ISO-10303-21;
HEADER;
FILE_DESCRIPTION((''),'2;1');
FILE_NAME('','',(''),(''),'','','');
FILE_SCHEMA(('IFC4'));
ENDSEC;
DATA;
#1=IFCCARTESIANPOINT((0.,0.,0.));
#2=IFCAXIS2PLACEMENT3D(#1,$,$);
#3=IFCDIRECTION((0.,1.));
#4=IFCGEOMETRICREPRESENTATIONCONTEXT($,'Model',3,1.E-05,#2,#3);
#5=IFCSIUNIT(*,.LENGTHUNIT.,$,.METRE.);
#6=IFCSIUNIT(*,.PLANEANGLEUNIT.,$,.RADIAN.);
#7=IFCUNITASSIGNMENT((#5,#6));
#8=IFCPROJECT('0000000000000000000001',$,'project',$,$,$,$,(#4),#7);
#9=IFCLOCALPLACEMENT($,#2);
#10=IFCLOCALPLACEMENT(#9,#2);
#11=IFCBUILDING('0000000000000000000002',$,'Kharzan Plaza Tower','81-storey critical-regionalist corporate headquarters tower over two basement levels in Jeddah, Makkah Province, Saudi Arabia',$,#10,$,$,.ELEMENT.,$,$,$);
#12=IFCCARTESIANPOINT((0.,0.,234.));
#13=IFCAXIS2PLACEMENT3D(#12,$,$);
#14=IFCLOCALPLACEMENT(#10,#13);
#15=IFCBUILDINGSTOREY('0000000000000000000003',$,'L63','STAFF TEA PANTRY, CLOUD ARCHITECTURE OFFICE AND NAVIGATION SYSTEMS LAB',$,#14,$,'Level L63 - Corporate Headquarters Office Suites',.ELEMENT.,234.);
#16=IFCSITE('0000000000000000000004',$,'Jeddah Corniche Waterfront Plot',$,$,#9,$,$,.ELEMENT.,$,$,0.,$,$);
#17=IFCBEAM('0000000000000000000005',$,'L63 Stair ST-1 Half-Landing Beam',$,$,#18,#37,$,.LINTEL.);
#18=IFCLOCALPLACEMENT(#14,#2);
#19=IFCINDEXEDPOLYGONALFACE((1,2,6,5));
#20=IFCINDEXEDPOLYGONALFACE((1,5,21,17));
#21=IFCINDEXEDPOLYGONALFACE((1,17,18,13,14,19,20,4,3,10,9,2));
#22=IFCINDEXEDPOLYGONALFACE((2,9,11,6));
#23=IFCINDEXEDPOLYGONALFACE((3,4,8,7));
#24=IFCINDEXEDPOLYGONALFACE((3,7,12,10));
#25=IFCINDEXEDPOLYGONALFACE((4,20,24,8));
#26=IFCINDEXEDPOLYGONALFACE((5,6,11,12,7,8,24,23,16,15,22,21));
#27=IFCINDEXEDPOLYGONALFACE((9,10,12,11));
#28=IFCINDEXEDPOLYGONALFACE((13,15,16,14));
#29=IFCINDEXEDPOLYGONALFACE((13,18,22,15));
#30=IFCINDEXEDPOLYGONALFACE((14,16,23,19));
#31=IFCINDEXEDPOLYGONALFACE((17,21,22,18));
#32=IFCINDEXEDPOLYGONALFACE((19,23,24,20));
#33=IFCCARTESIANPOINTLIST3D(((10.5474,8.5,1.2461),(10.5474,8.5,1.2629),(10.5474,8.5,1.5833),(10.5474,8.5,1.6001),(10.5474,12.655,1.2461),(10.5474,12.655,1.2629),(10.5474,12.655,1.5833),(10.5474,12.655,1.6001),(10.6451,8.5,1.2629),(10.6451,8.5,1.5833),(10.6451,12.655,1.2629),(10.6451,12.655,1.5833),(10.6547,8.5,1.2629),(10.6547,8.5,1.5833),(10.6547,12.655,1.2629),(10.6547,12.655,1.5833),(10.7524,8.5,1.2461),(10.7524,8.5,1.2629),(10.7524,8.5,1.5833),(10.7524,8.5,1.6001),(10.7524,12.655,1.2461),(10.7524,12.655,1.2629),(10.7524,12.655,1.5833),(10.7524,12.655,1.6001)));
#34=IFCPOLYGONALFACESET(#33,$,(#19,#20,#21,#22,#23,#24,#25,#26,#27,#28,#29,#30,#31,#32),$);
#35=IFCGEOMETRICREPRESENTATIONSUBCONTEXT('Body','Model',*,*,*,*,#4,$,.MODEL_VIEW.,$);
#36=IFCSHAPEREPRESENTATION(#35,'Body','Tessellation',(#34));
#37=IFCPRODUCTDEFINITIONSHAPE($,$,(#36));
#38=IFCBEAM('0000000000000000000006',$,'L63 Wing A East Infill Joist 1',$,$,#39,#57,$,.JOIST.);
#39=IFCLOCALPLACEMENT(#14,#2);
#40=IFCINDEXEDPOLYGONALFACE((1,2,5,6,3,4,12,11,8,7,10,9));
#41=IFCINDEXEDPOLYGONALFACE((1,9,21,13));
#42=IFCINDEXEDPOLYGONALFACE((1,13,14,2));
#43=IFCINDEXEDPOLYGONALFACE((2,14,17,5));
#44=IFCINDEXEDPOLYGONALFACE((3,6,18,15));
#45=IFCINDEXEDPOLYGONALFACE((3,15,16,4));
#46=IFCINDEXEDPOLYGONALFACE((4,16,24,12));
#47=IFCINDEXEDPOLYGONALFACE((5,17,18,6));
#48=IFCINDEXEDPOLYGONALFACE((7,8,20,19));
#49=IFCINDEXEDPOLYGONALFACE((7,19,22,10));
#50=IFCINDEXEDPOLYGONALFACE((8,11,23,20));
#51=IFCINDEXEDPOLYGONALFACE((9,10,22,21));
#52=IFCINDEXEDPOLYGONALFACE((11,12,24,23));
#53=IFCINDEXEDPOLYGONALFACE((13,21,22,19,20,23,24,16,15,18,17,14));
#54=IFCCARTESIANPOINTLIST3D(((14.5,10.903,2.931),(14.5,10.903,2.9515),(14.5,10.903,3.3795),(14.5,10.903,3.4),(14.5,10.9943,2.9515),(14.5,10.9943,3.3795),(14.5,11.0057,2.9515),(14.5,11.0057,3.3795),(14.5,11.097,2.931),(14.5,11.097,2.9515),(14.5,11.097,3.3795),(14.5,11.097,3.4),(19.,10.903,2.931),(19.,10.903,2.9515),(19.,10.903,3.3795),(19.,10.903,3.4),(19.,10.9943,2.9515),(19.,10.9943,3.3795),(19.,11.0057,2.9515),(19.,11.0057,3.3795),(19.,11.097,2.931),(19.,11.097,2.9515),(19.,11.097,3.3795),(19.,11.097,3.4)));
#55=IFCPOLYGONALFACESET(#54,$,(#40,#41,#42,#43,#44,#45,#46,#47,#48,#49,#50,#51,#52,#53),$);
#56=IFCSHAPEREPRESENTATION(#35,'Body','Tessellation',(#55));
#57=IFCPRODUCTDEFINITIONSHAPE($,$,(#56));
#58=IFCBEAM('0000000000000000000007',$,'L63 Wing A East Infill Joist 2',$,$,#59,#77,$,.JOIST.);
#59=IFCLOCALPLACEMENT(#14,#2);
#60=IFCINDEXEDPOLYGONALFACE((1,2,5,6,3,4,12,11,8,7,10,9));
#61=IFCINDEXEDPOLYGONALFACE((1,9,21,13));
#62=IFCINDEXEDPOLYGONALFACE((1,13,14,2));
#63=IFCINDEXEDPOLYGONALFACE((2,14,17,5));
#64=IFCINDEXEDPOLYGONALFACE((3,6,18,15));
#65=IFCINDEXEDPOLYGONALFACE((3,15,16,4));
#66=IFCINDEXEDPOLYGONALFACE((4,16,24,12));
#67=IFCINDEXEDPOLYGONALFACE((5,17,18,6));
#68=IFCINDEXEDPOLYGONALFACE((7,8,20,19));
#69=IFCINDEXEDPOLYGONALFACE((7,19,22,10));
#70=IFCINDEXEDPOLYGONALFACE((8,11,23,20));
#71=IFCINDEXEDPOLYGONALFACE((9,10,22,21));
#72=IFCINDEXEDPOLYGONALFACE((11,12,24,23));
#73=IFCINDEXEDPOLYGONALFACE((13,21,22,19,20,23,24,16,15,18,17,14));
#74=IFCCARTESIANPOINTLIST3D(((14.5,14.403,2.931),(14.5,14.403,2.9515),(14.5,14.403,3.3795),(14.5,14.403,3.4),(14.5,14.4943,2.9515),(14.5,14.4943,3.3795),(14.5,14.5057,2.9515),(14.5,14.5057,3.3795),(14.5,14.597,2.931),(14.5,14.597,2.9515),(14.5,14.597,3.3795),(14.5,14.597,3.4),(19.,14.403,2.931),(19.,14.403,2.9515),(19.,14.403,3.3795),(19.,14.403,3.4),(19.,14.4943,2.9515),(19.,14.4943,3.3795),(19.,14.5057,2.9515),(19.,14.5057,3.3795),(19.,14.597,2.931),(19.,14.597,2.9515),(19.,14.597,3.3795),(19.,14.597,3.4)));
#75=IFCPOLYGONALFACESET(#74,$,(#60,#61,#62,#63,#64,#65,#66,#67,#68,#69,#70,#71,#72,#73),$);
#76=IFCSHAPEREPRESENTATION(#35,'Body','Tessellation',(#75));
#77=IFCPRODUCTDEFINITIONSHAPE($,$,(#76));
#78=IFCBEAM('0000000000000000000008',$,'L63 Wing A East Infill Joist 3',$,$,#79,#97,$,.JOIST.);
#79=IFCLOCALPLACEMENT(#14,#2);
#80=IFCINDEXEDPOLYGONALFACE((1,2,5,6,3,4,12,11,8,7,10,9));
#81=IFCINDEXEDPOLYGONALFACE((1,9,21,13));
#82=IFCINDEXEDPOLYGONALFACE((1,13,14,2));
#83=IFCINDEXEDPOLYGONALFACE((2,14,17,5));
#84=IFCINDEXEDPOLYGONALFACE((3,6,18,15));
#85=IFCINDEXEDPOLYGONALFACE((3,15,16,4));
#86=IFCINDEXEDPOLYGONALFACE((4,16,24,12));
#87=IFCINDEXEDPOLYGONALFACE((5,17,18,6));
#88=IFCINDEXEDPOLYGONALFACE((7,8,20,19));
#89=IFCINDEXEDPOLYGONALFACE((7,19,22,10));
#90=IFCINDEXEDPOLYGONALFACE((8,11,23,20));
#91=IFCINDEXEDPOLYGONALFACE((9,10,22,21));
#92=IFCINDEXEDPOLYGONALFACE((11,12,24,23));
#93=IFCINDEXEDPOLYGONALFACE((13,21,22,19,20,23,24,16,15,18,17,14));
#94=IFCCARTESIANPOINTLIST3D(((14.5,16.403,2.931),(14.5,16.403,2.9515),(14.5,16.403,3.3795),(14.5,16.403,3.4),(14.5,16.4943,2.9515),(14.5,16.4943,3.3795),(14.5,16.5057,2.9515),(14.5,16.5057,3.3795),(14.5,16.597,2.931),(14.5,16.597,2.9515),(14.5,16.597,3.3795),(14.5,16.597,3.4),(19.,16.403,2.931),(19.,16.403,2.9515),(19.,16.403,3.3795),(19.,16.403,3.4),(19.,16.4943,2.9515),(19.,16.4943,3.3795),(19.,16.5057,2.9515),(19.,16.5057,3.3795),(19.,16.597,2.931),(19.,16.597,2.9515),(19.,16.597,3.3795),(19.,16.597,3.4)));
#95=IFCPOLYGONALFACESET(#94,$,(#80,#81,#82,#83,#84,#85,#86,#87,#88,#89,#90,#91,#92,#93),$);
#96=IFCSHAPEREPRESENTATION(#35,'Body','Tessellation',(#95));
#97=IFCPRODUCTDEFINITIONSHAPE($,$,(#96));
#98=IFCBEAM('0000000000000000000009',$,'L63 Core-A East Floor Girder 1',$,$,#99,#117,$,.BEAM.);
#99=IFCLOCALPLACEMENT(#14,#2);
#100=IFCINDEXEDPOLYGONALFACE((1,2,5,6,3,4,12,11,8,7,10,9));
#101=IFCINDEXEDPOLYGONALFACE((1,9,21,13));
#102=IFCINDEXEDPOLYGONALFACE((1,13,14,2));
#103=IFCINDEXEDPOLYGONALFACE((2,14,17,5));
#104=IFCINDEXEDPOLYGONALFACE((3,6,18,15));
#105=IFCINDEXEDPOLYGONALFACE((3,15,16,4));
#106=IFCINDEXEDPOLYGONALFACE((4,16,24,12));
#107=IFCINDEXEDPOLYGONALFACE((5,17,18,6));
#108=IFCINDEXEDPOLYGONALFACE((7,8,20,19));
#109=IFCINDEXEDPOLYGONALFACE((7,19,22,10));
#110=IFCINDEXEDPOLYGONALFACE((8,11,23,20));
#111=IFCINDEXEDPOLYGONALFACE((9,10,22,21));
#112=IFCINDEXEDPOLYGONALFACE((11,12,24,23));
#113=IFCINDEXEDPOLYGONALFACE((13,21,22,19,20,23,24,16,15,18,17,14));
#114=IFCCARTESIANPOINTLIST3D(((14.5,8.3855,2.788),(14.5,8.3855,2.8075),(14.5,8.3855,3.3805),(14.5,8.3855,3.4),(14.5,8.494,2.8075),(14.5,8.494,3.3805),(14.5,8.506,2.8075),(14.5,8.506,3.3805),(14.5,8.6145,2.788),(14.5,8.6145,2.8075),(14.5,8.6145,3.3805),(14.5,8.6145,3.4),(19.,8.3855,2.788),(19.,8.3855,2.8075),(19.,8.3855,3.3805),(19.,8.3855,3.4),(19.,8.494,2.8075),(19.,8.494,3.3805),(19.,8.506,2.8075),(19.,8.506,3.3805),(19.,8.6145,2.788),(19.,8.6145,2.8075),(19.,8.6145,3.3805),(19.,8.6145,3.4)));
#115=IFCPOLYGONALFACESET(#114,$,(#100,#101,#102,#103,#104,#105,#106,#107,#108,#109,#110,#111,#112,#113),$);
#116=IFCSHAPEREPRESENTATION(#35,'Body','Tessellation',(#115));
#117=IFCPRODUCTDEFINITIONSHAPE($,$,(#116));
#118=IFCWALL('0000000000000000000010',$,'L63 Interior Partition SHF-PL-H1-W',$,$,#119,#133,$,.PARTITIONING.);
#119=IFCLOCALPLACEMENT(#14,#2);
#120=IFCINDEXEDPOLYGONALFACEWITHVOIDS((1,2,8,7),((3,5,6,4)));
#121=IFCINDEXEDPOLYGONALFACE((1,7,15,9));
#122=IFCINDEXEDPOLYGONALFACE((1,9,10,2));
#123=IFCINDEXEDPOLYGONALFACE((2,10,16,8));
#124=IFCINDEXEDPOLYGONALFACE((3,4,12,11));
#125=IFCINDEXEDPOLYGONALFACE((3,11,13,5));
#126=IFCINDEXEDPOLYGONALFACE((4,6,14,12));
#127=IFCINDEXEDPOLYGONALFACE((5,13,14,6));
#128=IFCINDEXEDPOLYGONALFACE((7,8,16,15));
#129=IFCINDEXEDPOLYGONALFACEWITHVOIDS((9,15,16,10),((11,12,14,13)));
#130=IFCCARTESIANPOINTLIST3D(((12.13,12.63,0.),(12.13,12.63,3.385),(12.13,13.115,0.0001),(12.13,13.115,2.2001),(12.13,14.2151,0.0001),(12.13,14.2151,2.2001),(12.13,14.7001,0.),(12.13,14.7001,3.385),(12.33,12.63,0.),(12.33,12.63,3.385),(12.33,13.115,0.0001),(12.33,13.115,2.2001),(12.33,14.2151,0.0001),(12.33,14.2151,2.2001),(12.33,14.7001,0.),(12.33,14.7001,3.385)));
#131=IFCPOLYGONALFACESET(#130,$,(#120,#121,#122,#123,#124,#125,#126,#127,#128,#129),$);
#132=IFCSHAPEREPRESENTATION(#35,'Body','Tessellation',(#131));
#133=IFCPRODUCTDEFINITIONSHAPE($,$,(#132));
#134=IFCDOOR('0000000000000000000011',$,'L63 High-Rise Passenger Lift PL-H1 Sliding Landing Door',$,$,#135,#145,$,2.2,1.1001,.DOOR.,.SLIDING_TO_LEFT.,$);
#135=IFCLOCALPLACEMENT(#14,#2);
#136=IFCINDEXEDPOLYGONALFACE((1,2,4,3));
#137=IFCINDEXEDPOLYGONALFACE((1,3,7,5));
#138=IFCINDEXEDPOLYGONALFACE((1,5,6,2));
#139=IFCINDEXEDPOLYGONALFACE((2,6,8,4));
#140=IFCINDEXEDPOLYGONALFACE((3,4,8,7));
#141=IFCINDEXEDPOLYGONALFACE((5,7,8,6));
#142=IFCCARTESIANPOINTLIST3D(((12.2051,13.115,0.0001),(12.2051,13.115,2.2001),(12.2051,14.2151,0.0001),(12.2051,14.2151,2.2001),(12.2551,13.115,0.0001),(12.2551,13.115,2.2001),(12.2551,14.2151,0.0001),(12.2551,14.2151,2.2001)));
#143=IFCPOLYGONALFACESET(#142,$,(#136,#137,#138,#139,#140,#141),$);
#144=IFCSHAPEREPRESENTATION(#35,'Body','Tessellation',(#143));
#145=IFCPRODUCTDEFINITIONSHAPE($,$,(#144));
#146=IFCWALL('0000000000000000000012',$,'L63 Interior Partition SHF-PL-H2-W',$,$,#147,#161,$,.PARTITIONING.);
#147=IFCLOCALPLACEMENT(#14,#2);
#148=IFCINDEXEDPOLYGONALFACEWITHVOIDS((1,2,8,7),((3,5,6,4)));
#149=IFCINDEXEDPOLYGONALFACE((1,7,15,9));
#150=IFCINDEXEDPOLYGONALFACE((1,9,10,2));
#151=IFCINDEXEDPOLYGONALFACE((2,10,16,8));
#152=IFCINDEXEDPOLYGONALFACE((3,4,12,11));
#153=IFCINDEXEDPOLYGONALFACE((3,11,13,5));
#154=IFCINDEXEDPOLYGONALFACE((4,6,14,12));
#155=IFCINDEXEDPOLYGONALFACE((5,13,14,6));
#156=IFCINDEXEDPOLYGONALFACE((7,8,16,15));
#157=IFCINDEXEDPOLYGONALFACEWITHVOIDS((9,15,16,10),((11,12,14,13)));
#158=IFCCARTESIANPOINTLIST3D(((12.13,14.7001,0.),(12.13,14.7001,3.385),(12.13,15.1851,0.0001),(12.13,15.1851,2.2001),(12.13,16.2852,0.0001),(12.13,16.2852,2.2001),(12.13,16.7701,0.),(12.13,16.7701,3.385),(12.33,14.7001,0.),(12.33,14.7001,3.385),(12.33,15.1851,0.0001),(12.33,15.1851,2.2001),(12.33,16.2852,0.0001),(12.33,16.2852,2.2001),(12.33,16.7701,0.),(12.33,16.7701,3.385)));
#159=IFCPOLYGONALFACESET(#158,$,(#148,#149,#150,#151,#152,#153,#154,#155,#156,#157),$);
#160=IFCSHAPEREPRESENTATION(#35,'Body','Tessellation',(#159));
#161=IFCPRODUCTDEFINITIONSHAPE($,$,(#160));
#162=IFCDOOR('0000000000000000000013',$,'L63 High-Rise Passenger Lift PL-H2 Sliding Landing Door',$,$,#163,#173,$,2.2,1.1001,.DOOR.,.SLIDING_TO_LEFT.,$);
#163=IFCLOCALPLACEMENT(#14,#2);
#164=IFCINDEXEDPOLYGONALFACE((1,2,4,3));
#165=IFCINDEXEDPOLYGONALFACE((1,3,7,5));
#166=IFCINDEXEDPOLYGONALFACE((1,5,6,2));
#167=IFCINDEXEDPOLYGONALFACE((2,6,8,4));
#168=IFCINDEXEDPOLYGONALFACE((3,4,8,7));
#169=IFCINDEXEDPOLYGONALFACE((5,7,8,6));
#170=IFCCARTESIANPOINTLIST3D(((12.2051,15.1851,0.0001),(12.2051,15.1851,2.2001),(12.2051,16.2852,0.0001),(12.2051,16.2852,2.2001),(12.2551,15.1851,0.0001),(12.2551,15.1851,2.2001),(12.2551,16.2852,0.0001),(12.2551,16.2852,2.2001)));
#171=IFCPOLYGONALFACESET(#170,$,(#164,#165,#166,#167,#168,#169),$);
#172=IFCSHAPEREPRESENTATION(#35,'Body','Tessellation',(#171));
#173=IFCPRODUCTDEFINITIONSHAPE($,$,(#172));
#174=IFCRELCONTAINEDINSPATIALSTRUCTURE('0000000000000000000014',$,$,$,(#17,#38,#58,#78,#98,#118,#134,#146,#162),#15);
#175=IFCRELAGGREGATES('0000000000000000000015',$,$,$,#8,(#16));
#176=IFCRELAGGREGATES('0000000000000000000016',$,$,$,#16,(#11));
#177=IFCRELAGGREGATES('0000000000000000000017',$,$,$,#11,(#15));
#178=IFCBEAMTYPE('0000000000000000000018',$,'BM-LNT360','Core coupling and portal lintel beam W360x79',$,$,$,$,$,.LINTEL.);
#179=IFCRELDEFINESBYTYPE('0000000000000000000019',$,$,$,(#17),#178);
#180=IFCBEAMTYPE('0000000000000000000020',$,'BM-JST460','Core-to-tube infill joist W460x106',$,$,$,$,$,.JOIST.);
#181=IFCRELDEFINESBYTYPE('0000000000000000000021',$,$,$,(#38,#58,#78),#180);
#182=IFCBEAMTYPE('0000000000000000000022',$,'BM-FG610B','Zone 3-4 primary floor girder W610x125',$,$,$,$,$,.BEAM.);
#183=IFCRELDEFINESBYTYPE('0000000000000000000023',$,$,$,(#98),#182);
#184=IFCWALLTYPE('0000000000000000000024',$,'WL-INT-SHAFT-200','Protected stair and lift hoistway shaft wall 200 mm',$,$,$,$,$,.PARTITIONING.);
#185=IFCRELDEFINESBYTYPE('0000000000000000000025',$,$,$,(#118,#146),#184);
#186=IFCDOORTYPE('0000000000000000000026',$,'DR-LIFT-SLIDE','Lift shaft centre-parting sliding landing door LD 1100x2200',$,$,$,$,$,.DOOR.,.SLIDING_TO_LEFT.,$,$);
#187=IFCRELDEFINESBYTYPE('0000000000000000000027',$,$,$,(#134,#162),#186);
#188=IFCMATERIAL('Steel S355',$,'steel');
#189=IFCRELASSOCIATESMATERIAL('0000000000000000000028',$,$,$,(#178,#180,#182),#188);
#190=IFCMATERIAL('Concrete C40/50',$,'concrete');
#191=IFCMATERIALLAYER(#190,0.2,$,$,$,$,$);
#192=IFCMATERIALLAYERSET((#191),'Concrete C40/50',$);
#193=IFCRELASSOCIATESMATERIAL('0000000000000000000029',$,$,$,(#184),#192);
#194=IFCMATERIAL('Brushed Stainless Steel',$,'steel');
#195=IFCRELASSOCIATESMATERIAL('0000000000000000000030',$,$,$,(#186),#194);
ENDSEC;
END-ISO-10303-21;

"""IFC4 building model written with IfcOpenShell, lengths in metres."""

from ifc_helpers import new_model, si_unit, direction, frame, frame_2d, origin, origin_2d, place, context, subcontext, project, spatial, rectangle, i_section, extrude, source, transform, mapped, material, layer, layer_set, material_profile, profile_set, type_object, element, fill, save


model = new_model("IFC4")

# Units and contexts
model_context = context("Model", 3, precision=1e-05, world=origin(), true_north=direction((0.0, 1.0)))
body_context = subcontext(model_context, "Body", "Model", "MODEL_VIEW")
ifc_project = project(units=[si_unit("LENGTHUNIT", "METRE"), si_unit("PLANEANGLEUNIT", "RADIAN")], contexts=[model_context])

# Site, building, storey
site_placement = place(None, origin())
site = spatial("IfcSite", under=ifc_project, at=site_placement, Name="Jeddah Corniche Waterfront Plot", CompositionType="ELEMENT", RefElevation=0.0)
building_placement = place(site_placement, origin())
building = spatial("IfcBuilding", under=site, at=building_placement, Name="Kharzan Plaza Tower", Description="81-storey critical-regionalist corporate headquarters tower over two basement levels in Jeddah, Makkah Province, Saudi Arabia", CompositionType="ELEMENT")
storey_placement = place(building_placement, frame((0.0, 0.0, 234.0)))
storey = spatial("IfcBuildingStorey", under=building, at=storey_placement, Name="L63", Description="STAFF TEA PANTRY, CLOUD ARCHITECTURE OFFICE AND NAVIGATION SYSTEMS LAB", LongName="Level L63 - Corporate Headquarters Office Suites", CompositionType="ELEMENT", Elevation=234.0)

# Beams
ifc_material_1 = material(Name="Steel S355", Category="steel")
ifc_material_profile_1 = material_profile(ifc_material_1, i_section(OverallWidth=0.2051, OverallDepth=0.354, WebThickness=0.0095, FlangeThickness=0.0168, at=origin_2d()), Name="W360x79")
ifc_profile_set_1 = profile_set([ifc_material_profile_1], Name="Steel S355")
beam_type_1 = type_object("IfcBeamType", Name="BM-LNT360", Description="Core coupling and portal lintel beam W360x79", PredefinedType="LINTEL", material=ifc_profile_set_1)
shared_shape_1 = source(origin(), body_context, "Body", "SweptSolid", [
    extrude(i_section(OverallWidth=0.2051, OverallDepth=0.354, WebThickness=0.0095, FlangeThickness=0.0168, at=origin_2d()), origin(), (0.0, 0.0, 1.0), 4.155),
])
beam_1_placement = place(storey_placement, frame((10.6499, 8.5, 1.4231), z_axis=(0.0, 1.0, 0.0), x_axis=(-1.0, 0.0, 0.0)))
element("IfcBeam", 1, at=beam_1_placement, inside=storey, type_object=beam_type_1, Name="L63 Stair ST-1 Half-Landing Beam", PredefinedType="LINTEL", context=body_context, shape_type="MappedRepresentation", body=[
    mapped(shared_shape_1, transform((0.0, 0.0, 0.0), x_axis=(1.0, 0.0, 0.0), y_axis=(0.0, 1.0, 0.0), z_axis=(0.0, 0.0, 1.0))),
])
ifc_material_profile_2 = material_profile(ifc_material_1, i_section(OverallWidth=0.1941, OverallDepth=0.469, WebThickness=0.0115, FlangeThickness=0.0205, at=origin_2d()), Name="W460x106")
ifc_profile_set_2 = profile_set([ifc_material_profile_2], Name="Steel S355")
beam_type_2 = type_object("IfcBeamType", Name="BM-JST460", Description="Core-to-tube infill joist W460x106", PredefinedType="JOIST", material=ifc_profile_set_2)
shared_shape_2 = source(origin(), body_context, "Body", "SweptSolid", [
    extrude(i_section(OverallWidth=0.1941, OverallDepth=0.469, WebThickness=0.0115, FlangeThickness=0.0205, at=origin_2d()), origin(), (0.0, 0.0, 1.0), 4.5),
])
for number, where, z_axis, x_axis, name in (
    (2, (14.5, 11.0, 3.1655), (1.0, 0.0, 0.0), (0.0, 1.0, 0.0), "L63 Wing A East Infill Joist 1"),
    (3, (14.5, 14.5, 3.1655), (1.0, 0.0, 0.0), (0.0, 1.0, 0.0), "L63 Wing A East Infill Joist 2"),
    (4, (14.5, 16.5, 3.1655), (1.0, 0.0, 0.0), (0.0, 1.0, 0.0), "L63 Wing A East Infill Joist 3"),
):
    element("IfcBeam", number, at=place(storey_placement, frame(where, z_axis=z_axis, x_axis=x_axis)), inside=storey, type_object=beam_type_2, Name=name, PredefinedType="JOIST", context=body_context, shape_type="MappedRepresentation", body=[
        mapped(shared_shape_2, transform((0.0, 0.0, 0.0), x_axis=(1.0, 0.0, 0.0), y_axis=(0.0, 1.0, 0.0), z_axis=(0.0, 0.0, 1.0))),
    ])
ifc_material_profile_3 = material_profile(ifc_material_1, i_section(OverallWidth=0.229, OverallDepth=0.6121, WebThickness=0.012, FlangeThickness=0.0195, at=origin_2d()), Name="W610x125")
ifc_profile_set_3 = profile_set([ifc_material_profile_3], Name="Steel S355")
beam_type_3 = type_object("IfcBeamType", Name="BM-FG610B", Description="Zone 3-4 primary floor girder W610x125", PredefinedType="BEAM", material=ifc_profile_set_3)
shared_shape_3 = source(origin(), body_context, "Body", "SweptSolid", [
    extrude(i_section(OverallWidth=0.229, OverallDepth=0.6121, WebThickness=0.012, FlangeThickness=0.0195, at=origin_2d()), origin(), (0.0, 0.0, 1.0), 4.5),
])
beam_2_placement = place(storey_placement, frame((14.5, 8.5, 3.094), z_axis=(1.0, 0.0, 0.0), x_axis=(0.0, 1.0, 0.0)))
element("IfcBeam", 5, at=beam_2_placement, inside=storey, type_object=beam_type_3, Name="L63 Core-A East Floor Girder 1", PredefinedType="BEAM", context=body_context, shape_type="MappedRepresentation", body=[
    mapped(shared_shape_3, transform((0.0, 0.0, 0.0), x_axis=(1.0, 0.0, 0.0), y_axis=(0.0, 1.0, 0.0), z_axis=(0.0, 0.0, 1.0))),
])

# Walls, openings, doors
ifc_material_2 = material(Name="Concrete C40/50", Category="concrete")
ifc_layer_1 = layer(ifc_material_2, 0.2)
ifc_layer_set_1 = layer_set([ifc_layer_1], Name="Concrete C40/50")
wall_type_1 = type_object("IfcWallType", Name="WL-INT-SHAFT-200", Description="Protected stair and lift hoistway shaft wall 200 mm", PredefinedType="PARTITIONING", material=ifc_layer_set_1)
wall_1_placement = place(storey_placement, frame((12.23, 12.6299, 0.0), z_axis=(0.0, 0.0, 1.0), x_axis=(0.0, 1.0, 0.0)))
wall_1 = element("IfcWall", 6, at=wall_1_placement, inside=storey, type_object=wall_type_1, Name="L63 Interior Partition SHF-PL-H1-W", PredefinedType="PARTITIONING", context=body_context, shape_type="SweptSolid", body=[
    extrude(rectangle(XDim=2.0701, YDim=0.2, at=frame_2d((1.0352, 0.0))), origin(), (0.0, 0.0, 1.0), 3.385),
])
opening_1_placement = place(wall_1_placement, frame((0.4851, 0.0, 0.0)))
opening_1 = element("IfcOpeningElement", 7, at=opening_1_placement, cuts=wall_1, PredefinedType="OPENING", context=body_context, shape_type="SweptSolid", body=[
    extrude(rectangle(XDim=1.1001, YDim=2.2, at=frame_2d((0.55, 1.1001))), frame((0.0, 0.1099, 0.0), z_axis=(0.0, -1.0, 0.0), x_axis=(1.0, 0.0, 0.0)), (0.0, 0.0, 1.0), 0.22),
])
ifc_material_3 = material(Name="Brushed Stainless Steel", Category="steel")
door_type = type_object("IfcDoorType", Name="DR-LIFT-SLIDE", Description="Lift shaft centre-parting sliding landing door LD 1100x2200", OperationType="SLIDING_TO_LEFT", PredefinedType="DOOR", material=ifc_material_3)
shared_shape_4 = source(origin(), body_context, "Body", "SweptSolid", [
    extrude(rectangle(XDim=1.1001, YDim=2.2, at=frame_2d((0.55, 1.1001))), frame((0.0, 0.0249, 0.0), z_axis=(0.0, -1.0, 0.0), x_axis=(1.0, 0.0, 0.0)), (0.0, 0.0, 1.0), 0.05),
])
door_1_placement = place(opening_1_placement, origin())
door_1 = element("IfcDoor", 8, at=door_1_placement, inside=storey, type_object=door_type, Name="L63 High-Rise Passenger Lift PL-H1 Sliding Landing Door", OperationType="SLIDING_TO_LEFT", OverallHeight=2.2, OverallWidth=1.1001, PredefinedType="DOOR", context=body_context, shape_type="MappedRepresentation", body=[
    mapped(shared_shape_4, transform((0.0, 0.0, 0.0), x_axis=(1.0, 0.0, 0.0), y_axis=(0.0, 1.0, 0.0), z_axis=(0.0, 0.0, 1.0))),
])
fill(opening_1, door_1)
wall_2_placement = place(storey_placement, frame((12.23, 14.7, 0.0), z_axis=(0.0, 0.0, 1.0), x_axis=(0.0, 1.0, 0.0)))
wall_2 = element("IfcWall", 9, at=wall_2_placement, inside=storey, type_object=wall_type_1, Name="L63 Interior Partition SHF-PL-H2-W", PredefinedType="PARTITIONING", context=body_context, shape_type="SweptSolid", body=[
    extrude(rectangle(XDim=2.0701, YDim=0.2, at=frame_2d((1.0352, 0.0))), origin(), (0.0, 0.0, 1.0), 3.385),
])
opening_2_placement = place(wall_2_placement, frame((0.4851, 0.0, 0.0)))
opening_2 = element("IfcOpeningElement", 10, at=opening_2_placement, cuts=wall_2, PredefinedType="OPENING", context=body_context, shape_type="SweptSolid", body=[
    extrude(rectangle(XDim=1.1001, YDim=2.2, at=frame_2d((0.55, 1.1001))), frame((0.0, 0.1099, 0.0), z_axis=(0.0, -1.0, 0.0), x_axis=(1.0, 0.0, 0.0)), (0.0, 0.0, 1.0), 0.22),
])
door_2_placement = place(opening_2_placement, origin())
door_2 = element("IfcDoor", 11, at=door_2_placement, inside=storey, type_object=door_type, Name="L63 High-Rise Passenger Lift PL-H2 Sliding Landing Door", OperationType="SLIDING_TO_LEFT", OverallHeight=2.2, OverallWidth=1.1001, PredefinedType="DOOR", context=body_context, shape_type="MappedRepresentation", body=[
    mapped(shared_shape_4, transform((0.0, 0.0, 0.0), x_axis=(1.0, 0.0, 0.0), y_axis=(0.0, 1.0, 0.0), z_axis=(0.0, 0.0, 1.0))),
])
fill(opening_2, door_2)

save(model, "model.ifc")
